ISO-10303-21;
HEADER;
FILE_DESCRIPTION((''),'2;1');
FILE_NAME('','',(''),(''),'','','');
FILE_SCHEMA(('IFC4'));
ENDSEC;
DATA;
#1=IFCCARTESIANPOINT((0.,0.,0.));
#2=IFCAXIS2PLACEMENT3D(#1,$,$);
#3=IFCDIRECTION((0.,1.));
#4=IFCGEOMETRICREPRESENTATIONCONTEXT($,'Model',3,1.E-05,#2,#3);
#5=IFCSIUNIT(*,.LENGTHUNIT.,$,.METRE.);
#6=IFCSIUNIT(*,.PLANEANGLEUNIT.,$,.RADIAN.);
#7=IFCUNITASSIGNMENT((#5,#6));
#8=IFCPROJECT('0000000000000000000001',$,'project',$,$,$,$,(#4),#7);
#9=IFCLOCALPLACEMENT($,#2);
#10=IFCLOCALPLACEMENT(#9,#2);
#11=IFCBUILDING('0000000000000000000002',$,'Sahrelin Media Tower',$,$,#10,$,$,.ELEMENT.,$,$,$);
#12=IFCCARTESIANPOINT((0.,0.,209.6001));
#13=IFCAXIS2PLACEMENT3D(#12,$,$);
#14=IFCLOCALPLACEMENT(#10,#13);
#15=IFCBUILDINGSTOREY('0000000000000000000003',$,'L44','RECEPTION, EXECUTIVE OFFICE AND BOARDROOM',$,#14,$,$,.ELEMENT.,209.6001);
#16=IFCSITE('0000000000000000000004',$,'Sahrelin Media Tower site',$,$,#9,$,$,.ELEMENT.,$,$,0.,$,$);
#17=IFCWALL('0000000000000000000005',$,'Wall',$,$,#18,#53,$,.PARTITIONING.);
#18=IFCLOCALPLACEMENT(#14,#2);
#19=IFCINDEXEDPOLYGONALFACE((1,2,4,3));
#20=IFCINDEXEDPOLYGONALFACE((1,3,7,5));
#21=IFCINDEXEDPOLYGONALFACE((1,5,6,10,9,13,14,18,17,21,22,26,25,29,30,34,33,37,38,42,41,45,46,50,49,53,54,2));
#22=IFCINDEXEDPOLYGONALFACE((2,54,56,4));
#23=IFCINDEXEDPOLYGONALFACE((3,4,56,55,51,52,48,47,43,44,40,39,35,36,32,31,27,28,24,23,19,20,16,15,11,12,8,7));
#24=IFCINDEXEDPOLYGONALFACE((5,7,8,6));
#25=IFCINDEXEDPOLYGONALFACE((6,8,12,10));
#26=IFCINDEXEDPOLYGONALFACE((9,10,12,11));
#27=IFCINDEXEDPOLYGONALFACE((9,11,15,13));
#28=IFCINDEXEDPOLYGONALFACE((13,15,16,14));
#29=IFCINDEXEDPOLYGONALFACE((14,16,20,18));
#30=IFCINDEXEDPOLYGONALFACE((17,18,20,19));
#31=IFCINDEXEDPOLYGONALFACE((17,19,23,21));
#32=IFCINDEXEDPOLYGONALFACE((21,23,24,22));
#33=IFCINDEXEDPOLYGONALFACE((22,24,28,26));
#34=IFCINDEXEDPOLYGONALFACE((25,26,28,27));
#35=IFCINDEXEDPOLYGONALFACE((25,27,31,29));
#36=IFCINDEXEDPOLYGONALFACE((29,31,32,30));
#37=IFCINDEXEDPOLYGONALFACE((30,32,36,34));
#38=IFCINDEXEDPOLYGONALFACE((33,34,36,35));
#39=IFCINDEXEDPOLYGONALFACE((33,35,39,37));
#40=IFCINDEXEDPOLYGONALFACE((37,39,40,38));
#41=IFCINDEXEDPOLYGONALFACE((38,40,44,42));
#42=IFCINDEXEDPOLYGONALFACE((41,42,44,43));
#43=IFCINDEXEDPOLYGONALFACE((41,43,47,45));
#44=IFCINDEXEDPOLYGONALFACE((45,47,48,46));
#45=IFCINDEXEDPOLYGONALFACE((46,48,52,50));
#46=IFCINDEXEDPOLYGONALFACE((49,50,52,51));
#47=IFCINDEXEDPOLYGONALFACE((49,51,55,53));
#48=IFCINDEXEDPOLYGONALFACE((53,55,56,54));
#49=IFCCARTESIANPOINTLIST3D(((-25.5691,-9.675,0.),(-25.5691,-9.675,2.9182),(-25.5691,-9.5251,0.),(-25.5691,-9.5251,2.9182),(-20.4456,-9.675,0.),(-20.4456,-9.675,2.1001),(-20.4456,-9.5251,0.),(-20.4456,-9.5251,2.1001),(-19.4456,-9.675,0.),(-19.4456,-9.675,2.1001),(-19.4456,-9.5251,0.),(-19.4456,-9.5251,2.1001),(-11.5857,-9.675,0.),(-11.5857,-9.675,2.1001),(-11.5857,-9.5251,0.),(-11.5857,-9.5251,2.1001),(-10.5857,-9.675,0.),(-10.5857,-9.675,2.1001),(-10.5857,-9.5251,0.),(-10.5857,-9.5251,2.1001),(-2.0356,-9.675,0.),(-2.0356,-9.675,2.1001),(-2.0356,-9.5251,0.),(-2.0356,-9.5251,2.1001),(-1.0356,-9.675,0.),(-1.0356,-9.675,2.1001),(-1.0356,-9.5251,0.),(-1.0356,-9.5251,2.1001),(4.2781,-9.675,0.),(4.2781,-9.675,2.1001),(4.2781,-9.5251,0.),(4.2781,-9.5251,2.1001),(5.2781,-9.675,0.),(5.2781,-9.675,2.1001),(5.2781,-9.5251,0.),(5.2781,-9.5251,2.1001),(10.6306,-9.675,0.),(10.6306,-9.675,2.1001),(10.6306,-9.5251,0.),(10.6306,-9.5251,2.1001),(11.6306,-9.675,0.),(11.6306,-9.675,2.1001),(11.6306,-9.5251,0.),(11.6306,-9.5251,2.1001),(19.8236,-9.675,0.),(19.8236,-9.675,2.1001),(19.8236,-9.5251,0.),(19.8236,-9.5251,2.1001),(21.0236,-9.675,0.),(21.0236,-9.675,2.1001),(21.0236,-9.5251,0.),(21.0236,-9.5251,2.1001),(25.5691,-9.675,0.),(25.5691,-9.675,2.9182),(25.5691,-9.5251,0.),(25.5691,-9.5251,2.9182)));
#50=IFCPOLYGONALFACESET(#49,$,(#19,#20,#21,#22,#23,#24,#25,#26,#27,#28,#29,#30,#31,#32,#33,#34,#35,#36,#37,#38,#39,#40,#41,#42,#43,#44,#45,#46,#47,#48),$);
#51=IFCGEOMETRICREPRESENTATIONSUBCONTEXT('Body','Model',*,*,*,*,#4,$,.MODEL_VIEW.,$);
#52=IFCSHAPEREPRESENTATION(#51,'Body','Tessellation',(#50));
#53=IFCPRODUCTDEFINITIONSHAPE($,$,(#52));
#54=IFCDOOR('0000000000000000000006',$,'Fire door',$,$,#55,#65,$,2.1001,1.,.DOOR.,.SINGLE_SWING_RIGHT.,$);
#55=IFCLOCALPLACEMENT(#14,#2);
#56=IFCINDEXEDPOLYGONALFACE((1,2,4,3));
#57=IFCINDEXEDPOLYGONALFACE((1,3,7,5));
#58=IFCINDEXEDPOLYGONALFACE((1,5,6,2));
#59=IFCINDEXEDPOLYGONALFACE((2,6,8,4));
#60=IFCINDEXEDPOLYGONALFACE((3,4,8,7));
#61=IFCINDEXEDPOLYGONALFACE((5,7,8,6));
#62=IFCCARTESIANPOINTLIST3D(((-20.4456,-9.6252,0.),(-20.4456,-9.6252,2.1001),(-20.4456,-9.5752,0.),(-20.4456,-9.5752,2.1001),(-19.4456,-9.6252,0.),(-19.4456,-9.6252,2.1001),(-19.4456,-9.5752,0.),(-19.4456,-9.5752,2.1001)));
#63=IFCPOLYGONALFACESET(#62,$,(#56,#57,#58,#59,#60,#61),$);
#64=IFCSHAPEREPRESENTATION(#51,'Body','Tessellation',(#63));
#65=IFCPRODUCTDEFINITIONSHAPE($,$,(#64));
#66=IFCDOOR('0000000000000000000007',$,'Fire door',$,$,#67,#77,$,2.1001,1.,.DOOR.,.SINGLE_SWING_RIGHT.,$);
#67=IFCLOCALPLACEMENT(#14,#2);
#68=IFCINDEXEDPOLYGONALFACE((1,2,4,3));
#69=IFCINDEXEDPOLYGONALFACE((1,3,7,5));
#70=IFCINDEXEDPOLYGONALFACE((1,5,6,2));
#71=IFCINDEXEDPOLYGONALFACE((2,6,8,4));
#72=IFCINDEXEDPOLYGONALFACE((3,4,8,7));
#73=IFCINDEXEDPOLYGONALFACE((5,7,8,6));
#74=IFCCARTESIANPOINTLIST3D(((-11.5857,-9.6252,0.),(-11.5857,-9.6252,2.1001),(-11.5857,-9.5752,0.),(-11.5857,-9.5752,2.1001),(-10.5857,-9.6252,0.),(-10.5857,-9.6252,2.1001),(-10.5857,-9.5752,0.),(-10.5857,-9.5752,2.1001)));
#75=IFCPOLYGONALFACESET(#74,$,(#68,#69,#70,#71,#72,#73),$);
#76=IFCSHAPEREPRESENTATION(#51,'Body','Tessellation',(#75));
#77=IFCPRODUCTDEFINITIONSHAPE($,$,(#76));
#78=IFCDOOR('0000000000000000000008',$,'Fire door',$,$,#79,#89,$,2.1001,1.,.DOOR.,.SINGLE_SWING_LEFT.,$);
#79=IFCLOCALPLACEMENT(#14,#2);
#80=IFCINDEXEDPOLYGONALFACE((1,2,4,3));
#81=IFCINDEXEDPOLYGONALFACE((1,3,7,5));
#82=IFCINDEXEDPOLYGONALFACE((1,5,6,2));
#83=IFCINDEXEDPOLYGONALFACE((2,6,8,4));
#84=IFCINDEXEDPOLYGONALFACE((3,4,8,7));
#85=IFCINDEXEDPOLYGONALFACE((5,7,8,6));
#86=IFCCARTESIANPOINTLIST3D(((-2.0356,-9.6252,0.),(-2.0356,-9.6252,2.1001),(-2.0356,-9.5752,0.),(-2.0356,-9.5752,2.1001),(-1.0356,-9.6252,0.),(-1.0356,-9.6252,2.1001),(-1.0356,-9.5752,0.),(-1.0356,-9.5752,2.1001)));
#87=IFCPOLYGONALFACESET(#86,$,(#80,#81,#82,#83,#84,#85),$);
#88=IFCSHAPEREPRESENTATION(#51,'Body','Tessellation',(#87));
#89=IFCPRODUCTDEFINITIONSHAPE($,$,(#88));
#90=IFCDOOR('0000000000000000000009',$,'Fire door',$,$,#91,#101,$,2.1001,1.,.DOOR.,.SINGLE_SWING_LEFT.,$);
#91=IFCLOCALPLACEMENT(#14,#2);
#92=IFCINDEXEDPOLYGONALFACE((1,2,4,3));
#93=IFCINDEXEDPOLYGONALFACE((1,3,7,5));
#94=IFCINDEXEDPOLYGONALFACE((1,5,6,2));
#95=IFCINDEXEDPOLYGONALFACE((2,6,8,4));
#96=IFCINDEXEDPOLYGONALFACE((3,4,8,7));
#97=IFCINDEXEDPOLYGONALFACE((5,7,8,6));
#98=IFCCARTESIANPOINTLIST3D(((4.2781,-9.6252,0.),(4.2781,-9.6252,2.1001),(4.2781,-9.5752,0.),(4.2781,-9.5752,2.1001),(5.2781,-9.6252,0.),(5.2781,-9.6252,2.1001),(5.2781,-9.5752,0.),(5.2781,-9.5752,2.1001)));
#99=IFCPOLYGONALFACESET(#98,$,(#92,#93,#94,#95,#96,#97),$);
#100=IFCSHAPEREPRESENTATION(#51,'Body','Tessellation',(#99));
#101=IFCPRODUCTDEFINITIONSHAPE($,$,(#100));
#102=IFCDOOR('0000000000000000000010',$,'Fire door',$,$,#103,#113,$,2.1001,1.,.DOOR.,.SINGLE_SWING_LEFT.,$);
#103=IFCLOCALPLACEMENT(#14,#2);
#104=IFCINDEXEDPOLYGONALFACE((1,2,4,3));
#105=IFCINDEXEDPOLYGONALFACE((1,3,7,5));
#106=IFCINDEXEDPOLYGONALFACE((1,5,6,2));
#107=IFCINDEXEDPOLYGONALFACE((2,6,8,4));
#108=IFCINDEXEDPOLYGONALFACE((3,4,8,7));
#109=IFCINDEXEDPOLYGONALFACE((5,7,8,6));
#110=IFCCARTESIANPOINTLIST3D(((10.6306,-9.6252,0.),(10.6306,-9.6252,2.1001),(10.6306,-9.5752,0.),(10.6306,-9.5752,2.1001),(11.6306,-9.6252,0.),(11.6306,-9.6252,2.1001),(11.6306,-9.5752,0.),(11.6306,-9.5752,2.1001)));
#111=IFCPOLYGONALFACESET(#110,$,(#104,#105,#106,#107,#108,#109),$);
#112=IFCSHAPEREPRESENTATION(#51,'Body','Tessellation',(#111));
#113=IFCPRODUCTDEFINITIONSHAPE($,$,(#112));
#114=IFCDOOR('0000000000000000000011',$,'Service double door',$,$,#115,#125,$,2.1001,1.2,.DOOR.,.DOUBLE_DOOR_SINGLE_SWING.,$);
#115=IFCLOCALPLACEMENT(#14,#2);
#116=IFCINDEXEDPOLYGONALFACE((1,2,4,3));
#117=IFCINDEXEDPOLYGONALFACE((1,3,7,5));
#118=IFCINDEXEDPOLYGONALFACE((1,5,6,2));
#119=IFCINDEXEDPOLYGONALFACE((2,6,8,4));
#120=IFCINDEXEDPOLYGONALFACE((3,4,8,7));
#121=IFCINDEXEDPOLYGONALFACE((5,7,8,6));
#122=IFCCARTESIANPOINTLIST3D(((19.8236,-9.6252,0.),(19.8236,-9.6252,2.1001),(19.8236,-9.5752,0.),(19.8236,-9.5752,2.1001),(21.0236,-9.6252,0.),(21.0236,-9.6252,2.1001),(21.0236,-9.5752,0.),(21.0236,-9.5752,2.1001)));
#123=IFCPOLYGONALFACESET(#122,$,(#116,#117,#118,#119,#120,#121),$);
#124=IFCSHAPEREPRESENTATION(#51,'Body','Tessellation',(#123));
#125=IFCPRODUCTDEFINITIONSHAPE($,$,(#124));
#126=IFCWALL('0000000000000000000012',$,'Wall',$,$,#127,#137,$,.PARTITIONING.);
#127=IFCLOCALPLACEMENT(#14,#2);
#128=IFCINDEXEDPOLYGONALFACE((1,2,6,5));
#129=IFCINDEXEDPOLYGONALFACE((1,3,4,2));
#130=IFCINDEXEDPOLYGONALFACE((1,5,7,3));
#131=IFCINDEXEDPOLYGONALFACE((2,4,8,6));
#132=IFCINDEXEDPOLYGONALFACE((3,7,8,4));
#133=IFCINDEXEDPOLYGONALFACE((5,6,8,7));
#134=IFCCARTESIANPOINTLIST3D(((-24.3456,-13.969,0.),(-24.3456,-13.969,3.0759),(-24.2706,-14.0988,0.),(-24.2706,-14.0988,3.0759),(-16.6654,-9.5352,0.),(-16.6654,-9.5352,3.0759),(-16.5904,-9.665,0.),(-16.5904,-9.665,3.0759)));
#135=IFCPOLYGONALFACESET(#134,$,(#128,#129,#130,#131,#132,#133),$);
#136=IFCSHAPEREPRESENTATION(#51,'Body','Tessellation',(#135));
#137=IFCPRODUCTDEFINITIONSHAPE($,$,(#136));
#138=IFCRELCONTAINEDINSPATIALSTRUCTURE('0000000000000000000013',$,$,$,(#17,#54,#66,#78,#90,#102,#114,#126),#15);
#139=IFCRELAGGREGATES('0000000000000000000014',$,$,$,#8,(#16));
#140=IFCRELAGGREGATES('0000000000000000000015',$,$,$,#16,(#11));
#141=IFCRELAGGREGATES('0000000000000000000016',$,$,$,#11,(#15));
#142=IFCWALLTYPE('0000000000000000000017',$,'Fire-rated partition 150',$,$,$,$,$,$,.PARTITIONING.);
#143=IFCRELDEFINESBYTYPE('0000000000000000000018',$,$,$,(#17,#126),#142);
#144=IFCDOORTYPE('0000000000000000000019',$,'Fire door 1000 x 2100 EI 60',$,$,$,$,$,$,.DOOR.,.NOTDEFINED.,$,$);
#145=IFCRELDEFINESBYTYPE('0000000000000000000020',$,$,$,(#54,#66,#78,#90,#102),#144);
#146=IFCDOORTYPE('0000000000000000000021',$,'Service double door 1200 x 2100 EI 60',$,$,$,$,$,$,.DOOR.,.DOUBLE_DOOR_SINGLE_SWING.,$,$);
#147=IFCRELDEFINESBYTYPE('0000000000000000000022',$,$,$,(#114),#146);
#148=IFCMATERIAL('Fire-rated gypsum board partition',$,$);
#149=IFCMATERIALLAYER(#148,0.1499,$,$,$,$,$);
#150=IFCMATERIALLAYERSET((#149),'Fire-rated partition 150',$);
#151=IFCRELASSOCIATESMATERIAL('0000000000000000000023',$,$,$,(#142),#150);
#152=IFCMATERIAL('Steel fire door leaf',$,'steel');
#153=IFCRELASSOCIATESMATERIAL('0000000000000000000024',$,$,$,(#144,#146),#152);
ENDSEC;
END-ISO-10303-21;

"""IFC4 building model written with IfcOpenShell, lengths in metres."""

from ifc_helpers import new_model, si_unit, direction, frame, frame_2d, origin, place, context, subcontext, project, spatial, rectangle, extrude, material, layer, layer_set, type_object, element, fill, save


model = new_model("IFC4")

# Units and contexts
model_context = context("Model", 3, precision=1e-05, world=origin(), true_north=direction((0.0, 1.0)))
body_context = subcontext(model_context, "Body", "Model", "MODEL_VIEW")
ifc_project = project(units=[si_unit("LENGTHUNIT", "METRE"), si_unit("PLANEANGLEUNIT", "RADIAN")], contexts=[model_context])

# Site, building, storey
site_placement = place(None, origin())
site = spatial("IfcSite", under=ifc_project, at=site_placement, Name="Sahrelin Media Tower site", CompositionType="ELEMENT", RefElevation=0.0)
building_placement = place(site_placement, origin())
building = spatial("IfcBuilding", under=site, at=building_placement, Name="Sahrelin Media Tower", CompositionType="ELEMENT")
storey_placement = place(building_placement, frame((0.0, 0.0, 209.6001)))
storey = spatial("IfcBuildingStorey", under=building, at=storey_placement, Name="L44", Description="RECEPTION, EXECUTIVE OFFICE AND BOARDROOM", CompositionType="ELEMENT", Elevation=209.6001)

# Wall, openings, doors
ifc_material_1 = material(Name="Fire-rated gypsum board partition")
ifc_layer_1 = layer(ifc_material_1, 0.1499)
ifc_layer_set_1 = layer_set([ifc_layer_1], Name="Fire-rated partition 150")
wall_type_1 = type_object("IfcWallType", Name="Fire-rated partition 150", PredefinedType="PARTITIONING", material=ifc_layer_set_1)
wall_1_placement = place(storey_placement, frame((-25.5691, -9.6001, 0.0), z_axis=(0.0, 0.0, 1.0), x_axis=(1.0, 0.0, 0.0)))
wall_1 = element("IfcWall", 1, at=wall_1_placement, inside=storey, type_object=wall_type_1, Name="Wall", PredefinedType="PARTITIONING", context=body_context, shape_type="SweptSolid", body=[
    extrude(rectangle(XDim=51.1382, YDim=0.1499, at=frame_2d((25.5691, 0.0))), origin(), (0.0, 0.0, 1.0), 2.9182),
])
opening_1_placement = place(wall_1_placement, frame((5.1235, 0.0, 0.0)))
opening_1 = element("IfcOpeningElement", 2, at=opening_1_placement, cuts=wall_1, PredefinedType="OPENING", context=body_context, shape_type="SweptSolid", body=[
    extrude(rectangle(XDim=1.0, YDim=2.1001, at=frame_2d((0.5, 1.05))), frame((0.0, 0.075, 0.0), z_axis=(0.0, -1.0, 0.0), x_axis=(1.0, 0.0, 0.0)), (0.0, 0.0, 1.0), 0.1499),
])
opening_2_placement = place(wall_1_placement, frame((13.9834, 0.0, 0.0)))
opening_2 = element("IfcOpeningElement", 3, at=opening_2_placement, cuts=wall_1, PredefinedType="OPENING", context=body_context, shape_type="SweptSolid", body=[
    extrude(rectangle(XDim=1.0, YDim=2.1001, at=frame_2d((0.5, 1.05))), frame((0.0, 0.075, 0.0), z_axis=(0.0, -1.0, 0.0), x_axis=(1.0, 0.0, 0.0)), (0.0, 0.0, 1.0), 0.1499),
])
opening_3_placement = place(wall_1_placement, frame((23.5334, 0.0, 0.0)))
opening_3 = element("IfcOpeningElement", 4, at=opening_3_placement, cuts=wall_1, PredefinedType="OPENING", context=body_context, shape_type="SweptSolid", body=[
    extrude(rectangle(XDim=1.0, YDim=2.1001, at=frame_2d((0.5, 1.05))), frame((0.0, 0.075, 0.0), z_axis=(0.0, -1.0, 0.0), x_axis=(1.0, 0.0, 0.0)), (0.0, 0.0, 1.0), 0.1499),
])
opening_4_placement = place(wall_1_placement, frame((29.8472, 0.0, 0.0)))
opening_4 = element("IfcOpeningElement", 5, at=opening_4_placement, cuts=wall_1, PredefinedType="OPENING", context=body_context, shape_type="SweptSolid", body=[
    extrude(rectangle(XDim=1.0, YDim=2.1001, at=frame_2d((0.5, 1.05))), frame((0.0, 0.075, 0.0), z_axis=(0.0, -1.0, 0.0), x_axis=(1.0, 0.0, 0.0)), (0.0, 0.0, 1.0), 0.1499),
])
opening_5_placement = place(wall_1_placement, frame((36.1997, 0.0, 0.0)))
opening_5 = element("IfcOpeningElement", 6, at=opening_5_placement, cuts=wall_1, PredefinedType="OPENING", context=body_context, shape_type="SweptSolid", body=[
    extrude(rectangle(XDim=1.0, YDim=2.1001, at=frame_2d((0.5, 1.05))), frame((0.0, 0.075, 0.0), z_axis=(0.0, -1.0, 0.0), x_axis=(1.0, 0.0, 0.0)), (0.0, 0.0, 1.0), 0.1499),
])
opening_6_placement = place(wall_1_placement, frame((45.3926, 0.0, 0.0)))
opening_6 = element("IfcOpeningElement", 7, at=opening_6_placement, cuts=wall_1, PredefinedType="OPENING", context=body_context, shape_type="SweptSolid", body=[
    extrude(rectangle(XDim=1.2, YDim=2.1001, at=frame_2d((0.6001, 1.05))), frame((0.0, 0.075, 0.0), z_axis=(0.0, -1.0, 0.0), x_axis=(1.0, 0.0, 0.0)), (0.0, 0.0, 1.0), 0.1499),
])
ifc_material_2 = material(Name="Steel fire door leaf", Category="steel")
door_type_1 = type_object("IfcDoorType", Name="Fire door 1000 x 2100 EI 60", OperationType="NOTDEFINED", PredefinedType="DOOR", material=ifc_material_2)
door_1_placement = place(opening_1_placement, origin())
door_1 = element("IfcDoor", 8, at=door_1_placement, inside=storey, type_object=door_type_1, Name="Fire door", OperationType="SINGLE_SWING_RIGHT", OverallHeight=2.1001, OverallWidth=1.0, PredefinedType="DOOR", context=body_context, shape_type="SweptSolid", body=[
    extrude(rectangle(XDim=1.0, YDim=2.1001, at=frame_2d((0.5, 1.05))), frame((0.0, 0.0249, 0.0), z_axis=(0.0, -1.0, 0.0), x_axis=(1.0, 0.0, 0.0)), (0.0, 0.0, 1.0), 0.05),
])
fill(opening_1, door_1)
door_2_placement = place(opening_2_placement, origin())
door_2 = element("IfcDoor", 9, at=door_2_placement, inside=storey, type_object=door_type_1, Name="Fire door", OperationType="SINGLE_SWING_RIGHT", OverallHeight=2.1001, OverallWidth=1.0, PredefinedType="DOOR", context=body_context, shape_type="SweptSolid", body=[
    extrude(rectangle(XDim=1.0, YDim=2.1001, at=frame_2d((0.5, 1.05))), frame((0.0, 0.0249, 0.0), z_axis=(0.0, -1.0, 0.0), x_axis=(1.0, 0.0, 0.0)), (0.0, 0.0, 1.0), 0.05),
])
fill(opening_2, door_2)
door_3_placement = place(opening_3_placement, origin())
door_3 = element("IfcDoor", 10, at=door_3_placement, inside=storey, type_object=door_type_1, Name="Fire door", OperationType="SINGLE_SWING_LEFT", OverallHeight=2.1001, OverallWidth=1.0, PredefinedType="DOOR", context=body_context, shape_type="SweptSolid", body=[
    extrude(rectangle(XDim=1.0, YDim=2.1001, at=frame_2d((0.5, 1.05))), frame((0.0, 0.0249, 0.0), z_axis=(0.0, -1.0, 0.0), x_axis=(1.0, 0.0, 0.0)), (0.0, 0.0, 1.0), 0.05),
])
fill(opening_3, door_3)
door_4_placement = place(opening_4_placement, origin())
door_4 = element("IfcDoor", 11, at=door_4_placement, inside=storey, type_object=door_type_1, Name="Fire door", OperationType="SINGLE_SWING_LEFT", OverallHeight=2.1001, OverallWidth=1.0, PredefinedType="DOOR", context=body_context, shape_type="SweptSolid", body=[
    extrude(rectangle(XDim=1.0, YDim=2.1001, at=frame_2d((0.5, 1.05))), frame((0.0, 0.0249, 0.0), z_axis=(0.0, -1.0, 0.0), x_axis=(1.0, 0.0, 0.0)), (0.0, 0.0, 1.0), 0.05),
])
fill(opening_4, door_4)
door_5_placement = place(opening_5_placement, origin())
door_5 = element("IfcDoor", 12, at=door_5_placement, inside=storey, type_object=door_type_1, Name="Fire door", OperationType="SINGLE_SWING_LEFT", OverallHeight=2.1001, OverallWidth=1.0, PredefinedType="DOOR", context=body_context, shape_type="SweptSolid", body=[
    extrude(rectangle(XDim=1.0, YDim=2.1001, at=frame_2d((0.5, 1.05))), frame((0.0, 0.0249, 0.0), z_axis=(0.0, -1.0, 0.0), x_axis=(1.0, 0.0, 0.0)), (0.0, 0.0, 1.0), 0.05),
])
fill(opening_5, door_5)
door_type_2 = type_object("IfcDoorType", Name="Service double door 1200 x 2100 EI 60", OperationType="DOUBLE_DOOR_SINGLE_SWING", PredefinedType="DOOR", material=ifc_material_2)
door_6_placement = place(opening_6_placement, origin())
door_6 = element("IfcDoor", 13, at=door_6_placement, inside=storey, type_object=door_type_2, Name="Service double door", OperationType="DOUBLE_DOOR_SINGLE_SWING", OverallHeight=2.1001, OverallWidth=1.2, PredefinedType="DOOR", context=body_context, shape_type="SweptSolid", body=[
    extrude(rectangle(XDim=1.2, YDim=2.1001, at=frame_2d((0.6001, 1.05))), frame((0.0, 0.0249, 0.0), z_axis=(0.0, -1.0, 0.0), x_axis=(1.0, 0.0, 0.0)), (0.0, 0.0, 1.0), 0.05),
])
fill(opening_6, door_6)

# Wall
wall_2_placement = place(storey_placement, frame((-24.3081, -14.0339, 0.0), z_axis=(0.0, 0.0, 1.0), x_axis=(0.866041, 0.499973, 0.0)))
element("IfcWall", 14, at=wall_2_placement, inside=storey, type_object=wall_type_1, Name="Wall", PredefinedType="PARTITIONING", context=body_context, shape_type="SweptSolid", body=[
    extrude(rectangle(XDim=8.8682, YDim=0.1499, at=frame_2d((4.4341, 0.0))), origin(), (0.0, 0.0, 1.0), 3.0759),
])

save(model, "model.ifc")
